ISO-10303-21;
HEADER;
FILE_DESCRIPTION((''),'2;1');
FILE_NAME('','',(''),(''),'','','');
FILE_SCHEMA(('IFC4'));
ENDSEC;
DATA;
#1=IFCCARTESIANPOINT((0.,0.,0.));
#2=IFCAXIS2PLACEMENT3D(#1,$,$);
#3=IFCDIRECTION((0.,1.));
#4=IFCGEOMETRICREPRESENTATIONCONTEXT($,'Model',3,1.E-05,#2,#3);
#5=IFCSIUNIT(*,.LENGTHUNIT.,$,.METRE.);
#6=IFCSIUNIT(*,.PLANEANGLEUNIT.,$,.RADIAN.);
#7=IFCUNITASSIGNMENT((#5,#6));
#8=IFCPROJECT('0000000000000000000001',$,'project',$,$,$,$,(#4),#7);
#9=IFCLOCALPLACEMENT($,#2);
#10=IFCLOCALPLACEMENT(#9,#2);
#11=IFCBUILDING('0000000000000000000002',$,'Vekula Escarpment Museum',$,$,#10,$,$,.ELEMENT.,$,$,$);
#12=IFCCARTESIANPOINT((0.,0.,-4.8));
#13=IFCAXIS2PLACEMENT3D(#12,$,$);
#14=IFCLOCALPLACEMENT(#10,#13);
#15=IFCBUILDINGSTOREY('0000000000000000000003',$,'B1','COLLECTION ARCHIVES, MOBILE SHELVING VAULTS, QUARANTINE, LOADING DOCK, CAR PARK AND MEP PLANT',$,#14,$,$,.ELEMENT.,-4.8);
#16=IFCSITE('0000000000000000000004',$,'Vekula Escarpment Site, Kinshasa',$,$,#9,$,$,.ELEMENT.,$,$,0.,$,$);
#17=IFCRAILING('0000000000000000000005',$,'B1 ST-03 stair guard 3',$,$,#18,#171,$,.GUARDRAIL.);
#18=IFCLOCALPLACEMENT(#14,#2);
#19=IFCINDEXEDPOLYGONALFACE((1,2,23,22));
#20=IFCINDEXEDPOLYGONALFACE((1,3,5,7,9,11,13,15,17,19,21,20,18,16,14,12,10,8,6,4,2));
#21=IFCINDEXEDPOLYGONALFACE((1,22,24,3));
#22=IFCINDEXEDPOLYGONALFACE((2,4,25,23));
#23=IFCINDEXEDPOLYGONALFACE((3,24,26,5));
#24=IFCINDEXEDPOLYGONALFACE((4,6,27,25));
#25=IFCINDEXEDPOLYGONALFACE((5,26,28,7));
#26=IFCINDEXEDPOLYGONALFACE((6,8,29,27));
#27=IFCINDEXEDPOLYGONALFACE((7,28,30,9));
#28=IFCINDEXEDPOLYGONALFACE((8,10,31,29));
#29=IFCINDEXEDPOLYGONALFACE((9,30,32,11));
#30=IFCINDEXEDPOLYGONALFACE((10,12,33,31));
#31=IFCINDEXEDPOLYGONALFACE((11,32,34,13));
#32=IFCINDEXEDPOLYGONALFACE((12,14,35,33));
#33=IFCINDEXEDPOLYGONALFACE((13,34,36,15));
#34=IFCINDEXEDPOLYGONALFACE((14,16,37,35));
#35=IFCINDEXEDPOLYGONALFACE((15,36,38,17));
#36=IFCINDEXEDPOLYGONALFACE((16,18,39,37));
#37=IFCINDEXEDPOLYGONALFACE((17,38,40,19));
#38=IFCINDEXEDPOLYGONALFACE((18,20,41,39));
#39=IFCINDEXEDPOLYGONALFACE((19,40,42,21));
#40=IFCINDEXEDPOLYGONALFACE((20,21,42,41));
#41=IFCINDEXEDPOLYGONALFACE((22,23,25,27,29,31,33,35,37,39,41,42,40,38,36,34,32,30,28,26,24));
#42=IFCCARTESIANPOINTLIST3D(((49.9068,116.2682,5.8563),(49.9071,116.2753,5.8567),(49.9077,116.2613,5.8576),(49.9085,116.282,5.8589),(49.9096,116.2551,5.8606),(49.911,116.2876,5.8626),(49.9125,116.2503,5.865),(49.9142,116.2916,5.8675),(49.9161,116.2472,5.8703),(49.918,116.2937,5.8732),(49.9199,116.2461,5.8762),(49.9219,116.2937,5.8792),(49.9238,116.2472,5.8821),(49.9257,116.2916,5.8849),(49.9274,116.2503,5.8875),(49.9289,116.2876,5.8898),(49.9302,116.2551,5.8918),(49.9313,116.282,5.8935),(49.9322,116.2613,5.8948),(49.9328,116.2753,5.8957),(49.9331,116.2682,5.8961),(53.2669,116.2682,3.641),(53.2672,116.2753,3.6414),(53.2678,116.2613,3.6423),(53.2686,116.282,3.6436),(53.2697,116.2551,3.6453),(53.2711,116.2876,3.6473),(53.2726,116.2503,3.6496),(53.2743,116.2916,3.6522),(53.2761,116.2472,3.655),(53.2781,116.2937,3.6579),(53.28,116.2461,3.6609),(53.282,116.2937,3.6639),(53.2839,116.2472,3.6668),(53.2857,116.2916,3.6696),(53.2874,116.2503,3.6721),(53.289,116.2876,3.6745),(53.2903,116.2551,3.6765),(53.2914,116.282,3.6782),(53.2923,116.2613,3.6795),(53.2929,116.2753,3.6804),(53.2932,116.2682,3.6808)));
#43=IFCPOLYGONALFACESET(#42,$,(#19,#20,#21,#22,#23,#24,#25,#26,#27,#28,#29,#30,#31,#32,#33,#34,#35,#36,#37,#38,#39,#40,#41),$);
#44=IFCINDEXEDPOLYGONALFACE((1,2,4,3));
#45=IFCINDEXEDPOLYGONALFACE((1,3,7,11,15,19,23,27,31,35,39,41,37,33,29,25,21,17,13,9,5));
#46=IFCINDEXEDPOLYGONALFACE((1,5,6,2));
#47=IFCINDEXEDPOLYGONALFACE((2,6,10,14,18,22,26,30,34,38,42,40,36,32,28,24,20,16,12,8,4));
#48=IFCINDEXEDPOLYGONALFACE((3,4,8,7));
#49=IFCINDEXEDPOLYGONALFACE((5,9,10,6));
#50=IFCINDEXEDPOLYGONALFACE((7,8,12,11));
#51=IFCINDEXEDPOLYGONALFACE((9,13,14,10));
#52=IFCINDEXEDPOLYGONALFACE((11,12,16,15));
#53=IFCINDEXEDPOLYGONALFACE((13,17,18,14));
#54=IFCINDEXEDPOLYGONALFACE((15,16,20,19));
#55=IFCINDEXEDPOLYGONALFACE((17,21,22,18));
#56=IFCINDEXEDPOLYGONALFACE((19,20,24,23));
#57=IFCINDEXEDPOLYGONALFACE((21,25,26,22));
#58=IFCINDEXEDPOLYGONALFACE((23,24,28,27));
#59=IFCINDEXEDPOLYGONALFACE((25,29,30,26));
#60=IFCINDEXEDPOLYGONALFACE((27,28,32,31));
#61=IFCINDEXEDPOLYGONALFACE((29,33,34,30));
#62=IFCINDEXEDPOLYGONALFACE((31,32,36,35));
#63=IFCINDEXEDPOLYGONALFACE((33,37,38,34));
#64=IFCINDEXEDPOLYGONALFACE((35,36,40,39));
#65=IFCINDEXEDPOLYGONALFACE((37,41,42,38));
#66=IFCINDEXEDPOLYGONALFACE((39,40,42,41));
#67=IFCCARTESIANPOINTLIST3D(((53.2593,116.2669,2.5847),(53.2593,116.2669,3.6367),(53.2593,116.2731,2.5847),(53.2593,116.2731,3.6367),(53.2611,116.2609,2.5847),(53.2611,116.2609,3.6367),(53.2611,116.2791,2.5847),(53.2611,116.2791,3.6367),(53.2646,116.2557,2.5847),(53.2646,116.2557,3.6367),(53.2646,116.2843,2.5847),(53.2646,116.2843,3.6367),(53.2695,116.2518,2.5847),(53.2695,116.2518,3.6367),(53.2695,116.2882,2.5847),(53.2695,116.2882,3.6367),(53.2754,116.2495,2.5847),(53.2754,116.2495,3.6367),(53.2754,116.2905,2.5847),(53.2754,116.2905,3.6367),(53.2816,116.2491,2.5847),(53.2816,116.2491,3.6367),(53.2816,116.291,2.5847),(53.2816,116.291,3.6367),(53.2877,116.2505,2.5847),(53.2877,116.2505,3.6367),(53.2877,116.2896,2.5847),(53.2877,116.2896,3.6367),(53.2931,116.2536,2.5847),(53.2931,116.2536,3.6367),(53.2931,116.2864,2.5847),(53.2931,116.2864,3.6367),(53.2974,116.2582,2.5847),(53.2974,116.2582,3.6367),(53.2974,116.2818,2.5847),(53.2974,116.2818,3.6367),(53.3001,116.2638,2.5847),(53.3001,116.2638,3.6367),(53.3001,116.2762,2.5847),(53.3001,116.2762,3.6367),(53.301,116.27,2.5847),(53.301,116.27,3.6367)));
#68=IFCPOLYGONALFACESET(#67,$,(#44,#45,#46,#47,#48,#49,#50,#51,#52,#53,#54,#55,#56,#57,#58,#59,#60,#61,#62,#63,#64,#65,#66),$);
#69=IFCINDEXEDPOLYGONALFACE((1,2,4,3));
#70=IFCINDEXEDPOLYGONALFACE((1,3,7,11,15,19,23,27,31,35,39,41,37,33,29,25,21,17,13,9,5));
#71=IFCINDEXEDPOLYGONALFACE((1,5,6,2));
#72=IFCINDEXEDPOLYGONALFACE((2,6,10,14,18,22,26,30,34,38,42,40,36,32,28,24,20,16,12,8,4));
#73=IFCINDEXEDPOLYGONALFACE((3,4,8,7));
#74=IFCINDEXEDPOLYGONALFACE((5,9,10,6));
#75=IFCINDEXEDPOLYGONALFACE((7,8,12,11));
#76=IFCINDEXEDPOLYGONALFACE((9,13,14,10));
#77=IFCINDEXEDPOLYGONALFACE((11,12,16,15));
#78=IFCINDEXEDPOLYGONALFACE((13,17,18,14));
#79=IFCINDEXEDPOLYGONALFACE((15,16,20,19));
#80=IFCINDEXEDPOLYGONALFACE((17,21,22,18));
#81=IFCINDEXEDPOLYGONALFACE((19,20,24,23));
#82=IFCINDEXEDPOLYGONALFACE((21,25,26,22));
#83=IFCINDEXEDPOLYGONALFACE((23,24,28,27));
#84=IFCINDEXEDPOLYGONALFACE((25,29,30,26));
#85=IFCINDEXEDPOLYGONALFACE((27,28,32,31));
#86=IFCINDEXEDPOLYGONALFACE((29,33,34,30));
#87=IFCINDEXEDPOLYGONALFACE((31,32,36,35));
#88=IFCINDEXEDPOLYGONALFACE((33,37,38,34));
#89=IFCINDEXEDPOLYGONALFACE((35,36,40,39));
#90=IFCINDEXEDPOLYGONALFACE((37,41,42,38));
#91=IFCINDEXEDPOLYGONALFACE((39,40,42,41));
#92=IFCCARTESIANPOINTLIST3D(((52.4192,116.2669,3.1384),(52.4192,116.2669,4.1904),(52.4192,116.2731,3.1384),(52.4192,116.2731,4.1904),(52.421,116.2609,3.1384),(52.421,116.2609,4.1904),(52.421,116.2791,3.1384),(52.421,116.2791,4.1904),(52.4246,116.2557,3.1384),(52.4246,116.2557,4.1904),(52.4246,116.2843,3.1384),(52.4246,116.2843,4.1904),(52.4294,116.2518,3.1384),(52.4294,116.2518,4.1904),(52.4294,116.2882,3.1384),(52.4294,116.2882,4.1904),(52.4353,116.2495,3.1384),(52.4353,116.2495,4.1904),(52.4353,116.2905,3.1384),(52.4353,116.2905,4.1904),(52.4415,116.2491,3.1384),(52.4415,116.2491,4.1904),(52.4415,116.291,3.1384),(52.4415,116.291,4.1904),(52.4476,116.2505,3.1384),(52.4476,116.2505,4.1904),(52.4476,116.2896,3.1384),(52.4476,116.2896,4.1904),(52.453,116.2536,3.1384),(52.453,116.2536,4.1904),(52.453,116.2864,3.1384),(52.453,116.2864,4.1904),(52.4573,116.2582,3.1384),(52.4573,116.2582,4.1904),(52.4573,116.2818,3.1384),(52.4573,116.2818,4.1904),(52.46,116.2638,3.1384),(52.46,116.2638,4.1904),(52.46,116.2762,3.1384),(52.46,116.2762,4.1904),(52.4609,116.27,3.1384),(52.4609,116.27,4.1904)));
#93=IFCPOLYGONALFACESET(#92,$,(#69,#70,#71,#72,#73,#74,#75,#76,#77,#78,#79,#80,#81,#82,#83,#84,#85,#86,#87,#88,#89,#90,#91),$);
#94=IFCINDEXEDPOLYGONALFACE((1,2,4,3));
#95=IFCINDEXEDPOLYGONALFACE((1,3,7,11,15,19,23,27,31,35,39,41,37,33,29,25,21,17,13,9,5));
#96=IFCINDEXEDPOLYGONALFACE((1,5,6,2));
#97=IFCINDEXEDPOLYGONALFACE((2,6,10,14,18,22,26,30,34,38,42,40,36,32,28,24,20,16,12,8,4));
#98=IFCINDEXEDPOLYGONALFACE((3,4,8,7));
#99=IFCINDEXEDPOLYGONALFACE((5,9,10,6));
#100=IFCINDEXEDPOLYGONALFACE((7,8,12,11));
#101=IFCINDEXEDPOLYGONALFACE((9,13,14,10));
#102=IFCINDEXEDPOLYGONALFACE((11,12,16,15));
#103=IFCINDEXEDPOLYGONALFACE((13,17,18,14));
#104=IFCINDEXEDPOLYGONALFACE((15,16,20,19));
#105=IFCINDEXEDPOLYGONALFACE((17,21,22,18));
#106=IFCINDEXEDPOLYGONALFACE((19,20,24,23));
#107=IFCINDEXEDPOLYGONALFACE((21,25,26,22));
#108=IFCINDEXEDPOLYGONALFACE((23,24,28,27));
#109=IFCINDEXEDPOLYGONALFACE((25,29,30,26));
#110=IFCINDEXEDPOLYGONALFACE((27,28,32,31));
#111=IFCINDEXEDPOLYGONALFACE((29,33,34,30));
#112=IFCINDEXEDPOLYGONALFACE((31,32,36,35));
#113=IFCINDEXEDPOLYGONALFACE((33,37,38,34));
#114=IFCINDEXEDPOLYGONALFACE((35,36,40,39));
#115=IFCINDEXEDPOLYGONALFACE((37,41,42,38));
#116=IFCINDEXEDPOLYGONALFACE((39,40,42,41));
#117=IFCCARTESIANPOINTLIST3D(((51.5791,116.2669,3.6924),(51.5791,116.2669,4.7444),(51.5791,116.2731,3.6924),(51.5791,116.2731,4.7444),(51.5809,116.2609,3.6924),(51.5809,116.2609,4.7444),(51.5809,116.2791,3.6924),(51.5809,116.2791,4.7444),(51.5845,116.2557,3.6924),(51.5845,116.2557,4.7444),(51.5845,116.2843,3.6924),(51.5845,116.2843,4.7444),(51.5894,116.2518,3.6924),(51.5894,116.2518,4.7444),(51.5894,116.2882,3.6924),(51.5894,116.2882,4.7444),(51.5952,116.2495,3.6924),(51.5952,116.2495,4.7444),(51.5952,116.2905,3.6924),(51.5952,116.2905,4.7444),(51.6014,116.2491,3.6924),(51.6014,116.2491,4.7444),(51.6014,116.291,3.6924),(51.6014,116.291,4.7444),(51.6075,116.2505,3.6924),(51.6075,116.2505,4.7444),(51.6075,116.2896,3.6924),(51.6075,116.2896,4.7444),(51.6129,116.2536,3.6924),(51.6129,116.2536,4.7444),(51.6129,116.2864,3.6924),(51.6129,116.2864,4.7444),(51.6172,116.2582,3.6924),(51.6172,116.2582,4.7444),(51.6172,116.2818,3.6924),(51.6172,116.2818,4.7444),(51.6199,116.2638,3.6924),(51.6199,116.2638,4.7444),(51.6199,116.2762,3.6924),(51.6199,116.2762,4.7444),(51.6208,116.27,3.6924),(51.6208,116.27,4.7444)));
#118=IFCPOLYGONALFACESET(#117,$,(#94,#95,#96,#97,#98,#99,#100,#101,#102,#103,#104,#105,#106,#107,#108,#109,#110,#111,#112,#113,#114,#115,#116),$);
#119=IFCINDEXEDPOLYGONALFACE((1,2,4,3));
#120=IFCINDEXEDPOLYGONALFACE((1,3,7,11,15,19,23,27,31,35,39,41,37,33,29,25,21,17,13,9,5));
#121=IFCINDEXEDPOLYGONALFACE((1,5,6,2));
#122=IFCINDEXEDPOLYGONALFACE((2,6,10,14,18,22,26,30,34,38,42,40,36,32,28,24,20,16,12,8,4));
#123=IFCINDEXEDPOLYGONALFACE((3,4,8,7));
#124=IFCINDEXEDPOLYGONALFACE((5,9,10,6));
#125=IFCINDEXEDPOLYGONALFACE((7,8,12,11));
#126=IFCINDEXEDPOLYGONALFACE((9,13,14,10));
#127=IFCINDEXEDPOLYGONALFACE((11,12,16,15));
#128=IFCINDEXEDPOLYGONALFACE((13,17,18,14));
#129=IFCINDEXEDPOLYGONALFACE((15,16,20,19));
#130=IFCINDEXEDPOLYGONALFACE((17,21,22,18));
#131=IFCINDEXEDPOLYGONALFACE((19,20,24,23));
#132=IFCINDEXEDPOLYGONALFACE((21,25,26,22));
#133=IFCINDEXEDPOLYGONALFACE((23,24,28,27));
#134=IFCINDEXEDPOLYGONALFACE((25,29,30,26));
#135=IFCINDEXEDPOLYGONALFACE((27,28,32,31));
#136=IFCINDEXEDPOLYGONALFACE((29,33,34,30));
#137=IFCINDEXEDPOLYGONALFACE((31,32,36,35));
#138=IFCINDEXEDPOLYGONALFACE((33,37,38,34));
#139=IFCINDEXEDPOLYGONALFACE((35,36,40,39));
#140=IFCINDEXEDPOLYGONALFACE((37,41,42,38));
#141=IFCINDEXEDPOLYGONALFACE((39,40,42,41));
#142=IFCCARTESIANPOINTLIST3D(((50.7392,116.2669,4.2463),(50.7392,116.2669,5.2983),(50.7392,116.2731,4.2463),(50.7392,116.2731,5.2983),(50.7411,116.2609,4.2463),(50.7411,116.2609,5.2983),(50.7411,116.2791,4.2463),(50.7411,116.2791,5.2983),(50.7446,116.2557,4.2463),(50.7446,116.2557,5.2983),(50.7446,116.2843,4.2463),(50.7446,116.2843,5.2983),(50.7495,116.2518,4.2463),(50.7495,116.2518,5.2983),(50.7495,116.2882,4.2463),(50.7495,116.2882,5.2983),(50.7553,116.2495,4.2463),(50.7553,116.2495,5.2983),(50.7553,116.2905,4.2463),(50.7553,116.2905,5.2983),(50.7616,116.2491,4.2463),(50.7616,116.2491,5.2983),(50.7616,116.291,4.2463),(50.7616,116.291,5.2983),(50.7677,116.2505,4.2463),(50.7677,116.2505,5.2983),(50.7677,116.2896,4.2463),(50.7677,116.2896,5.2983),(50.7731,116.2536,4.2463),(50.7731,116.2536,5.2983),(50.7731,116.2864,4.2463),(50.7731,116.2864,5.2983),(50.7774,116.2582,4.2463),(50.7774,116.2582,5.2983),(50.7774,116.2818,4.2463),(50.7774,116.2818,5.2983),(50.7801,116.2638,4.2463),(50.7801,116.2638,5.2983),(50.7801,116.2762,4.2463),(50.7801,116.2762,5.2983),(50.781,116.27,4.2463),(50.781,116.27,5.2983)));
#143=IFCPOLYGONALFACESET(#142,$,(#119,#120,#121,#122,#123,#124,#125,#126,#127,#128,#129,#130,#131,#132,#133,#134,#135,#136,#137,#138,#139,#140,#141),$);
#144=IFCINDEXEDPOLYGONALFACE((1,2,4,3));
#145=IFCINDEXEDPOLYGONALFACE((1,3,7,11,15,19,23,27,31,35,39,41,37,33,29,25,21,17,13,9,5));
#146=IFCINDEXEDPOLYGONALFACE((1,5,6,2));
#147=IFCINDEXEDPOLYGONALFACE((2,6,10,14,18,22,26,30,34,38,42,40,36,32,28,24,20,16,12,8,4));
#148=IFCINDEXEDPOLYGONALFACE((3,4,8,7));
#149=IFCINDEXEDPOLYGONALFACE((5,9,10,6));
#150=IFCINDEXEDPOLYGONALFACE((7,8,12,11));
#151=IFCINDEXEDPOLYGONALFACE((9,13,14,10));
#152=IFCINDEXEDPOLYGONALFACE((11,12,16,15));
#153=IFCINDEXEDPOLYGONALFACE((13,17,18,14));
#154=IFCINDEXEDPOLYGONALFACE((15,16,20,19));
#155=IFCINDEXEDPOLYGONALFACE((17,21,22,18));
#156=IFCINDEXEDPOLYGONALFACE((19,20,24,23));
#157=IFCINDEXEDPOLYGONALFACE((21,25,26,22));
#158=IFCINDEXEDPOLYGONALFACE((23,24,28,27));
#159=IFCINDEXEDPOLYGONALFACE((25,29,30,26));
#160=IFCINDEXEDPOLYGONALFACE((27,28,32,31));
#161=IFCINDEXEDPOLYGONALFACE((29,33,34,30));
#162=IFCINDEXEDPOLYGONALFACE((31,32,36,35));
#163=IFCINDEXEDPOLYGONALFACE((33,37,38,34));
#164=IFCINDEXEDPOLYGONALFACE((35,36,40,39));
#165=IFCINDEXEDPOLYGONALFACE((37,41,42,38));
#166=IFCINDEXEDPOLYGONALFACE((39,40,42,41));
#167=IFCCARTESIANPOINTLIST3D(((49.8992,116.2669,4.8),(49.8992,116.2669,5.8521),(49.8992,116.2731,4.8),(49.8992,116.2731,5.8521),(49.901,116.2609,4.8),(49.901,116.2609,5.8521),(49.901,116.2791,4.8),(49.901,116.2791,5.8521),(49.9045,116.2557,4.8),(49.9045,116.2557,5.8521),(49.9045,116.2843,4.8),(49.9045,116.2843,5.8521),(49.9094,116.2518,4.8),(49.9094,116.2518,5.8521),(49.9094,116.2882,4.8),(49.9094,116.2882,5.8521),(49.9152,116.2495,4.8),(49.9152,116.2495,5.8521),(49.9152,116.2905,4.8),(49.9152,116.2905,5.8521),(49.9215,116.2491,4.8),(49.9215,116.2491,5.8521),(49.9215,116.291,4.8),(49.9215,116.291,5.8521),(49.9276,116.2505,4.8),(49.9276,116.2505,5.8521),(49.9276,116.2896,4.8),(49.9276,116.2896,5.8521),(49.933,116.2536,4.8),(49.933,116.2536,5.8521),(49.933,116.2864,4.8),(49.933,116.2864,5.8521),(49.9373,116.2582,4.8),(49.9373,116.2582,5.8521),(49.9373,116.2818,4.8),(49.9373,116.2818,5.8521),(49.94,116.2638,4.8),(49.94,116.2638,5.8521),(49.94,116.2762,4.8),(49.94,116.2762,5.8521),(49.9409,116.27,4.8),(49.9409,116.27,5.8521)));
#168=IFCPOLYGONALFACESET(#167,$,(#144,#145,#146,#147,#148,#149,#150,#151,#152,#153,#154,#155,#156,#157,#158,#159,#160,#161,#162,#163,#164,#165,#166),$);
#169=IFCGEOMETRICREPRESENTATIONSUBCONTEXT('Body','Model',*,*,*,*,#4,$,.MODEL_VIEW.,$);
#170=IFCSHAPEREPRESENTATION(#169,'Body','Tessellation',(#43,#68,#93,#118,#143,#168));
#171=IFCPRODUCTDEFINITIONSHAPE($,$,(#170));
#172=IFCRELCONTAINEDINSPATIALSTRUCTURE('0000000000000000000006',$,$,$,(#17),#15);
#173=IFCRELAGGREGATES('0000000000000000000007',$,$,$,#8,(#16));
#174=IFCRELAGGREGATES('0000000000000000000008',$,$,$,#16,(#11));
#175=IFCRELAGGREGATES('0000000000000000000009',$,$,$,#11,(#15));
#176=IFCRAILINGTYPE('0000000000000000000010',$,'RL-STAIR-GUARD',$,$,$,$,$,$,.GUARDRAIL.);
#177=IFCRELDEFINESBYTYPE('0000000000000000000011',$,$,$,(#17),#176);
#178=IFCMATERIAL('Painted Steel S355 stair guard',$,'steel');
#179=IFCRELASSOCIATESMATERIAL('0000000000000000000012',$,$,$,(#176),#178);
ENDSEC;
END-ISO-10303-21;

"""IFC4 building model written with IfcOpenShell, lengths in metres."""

from ifc_helpers import new_model, si_unit, direction, frame, origin, origin_2d, place, context, subcontext, project, spatial, circle, extrude, material, type_object, element, save


model = new_model("IFC4")

# Units and contexts
model_context = context("Model", 3, precision=1e-05, world=origin(), true_north=direction((0.0, 1.0)))
body_context = subcontext(model_context, "Body", "Model", "MODEL_VIEW")
ifc_project = project(units=[si_unit("LENGTHUNIT", "METRE"), si_unit("PLANEANGLEUNIT", "RADIAN")], contexts=[model_context])

# Site, building, storey
site_placement = place(None, origin())
site = spatial("IfcSite", under=ifc_project, at=site_placement, Name="Vekula Escarpment Site, Kinshasa", CompositionType="ELEMENT", RefElevation=0.0)
building_placement = place(site_placement, origin())
building = spatial("IfcBuilding", under=site, at=building_placement, Name="Vekula Escarpment Museum", CompositionType="ELEMENT")
storey_placement = place(building_placement, frame((0.0, 0.0, -4.8)))
storey = spatial("IfcBuildingStorey", under=building, at=storey_placement, Name="B1", Description="COLLECTION ARCHIVES, MOBILE SHELVING VAULTS, QUARANTINE, LOADING DOCK, CAR PARK AND MEP PLANT", CompositionType="ELEMENT", Elevation=-4.8)

# Railing
ifc_material_1 = material(Name="Painted Steel S355 stair guard", Category="steel")
railing_type_1 = type_object("IfcRailingType", Name="RL-STAIR-GUARD", PredefinedType="GUARDRAIL", material=ifc_material_1)
railing_1_placement = place(storey_placement, frame((53.28, 116.27, 2.5847)))
element("IfcRailing", 1, at=railing_1_placement, inside=storey, type_object=railing_type_1, Name="B1 ST-03 stair guard 3", PredefinedType="GUARDRAIL", context=body_context, shape_type="SweptSolid", body=[
    extrude(circle(Radius=0.0239, at=origin_2d()), frame((0.0, 0.0, 1.0762), z_axis=(-0.834876, 0.0, 0.550437), x_axis=(0.0, -1.0, 0.0)), (0.0, 0.0, 1.0), 4.0247),
    extrude(circle(Radius=0.021, at=origin_2d()), origin(), (0.0, 0.0, 1.0), 1.052),
    extrude(circle(Radius=0.021, at=origin_2d()), frame((-0.8401, 0.0, 0.5537)), (0.0, 0.0, 1.0), 1.052),
    extrude(circle(Radius=0.021, at=origin_2d()), frame((-1.6802, 0.0, 1.1077)), (0.0, 0.0, 1.0), 1.052),
    extrude(circle(Radius=0.021, at=origin_2d()), frame((-2.52, 0.0, 1.6616)), (0.0, 0.0, 1.0), 1.052),
    extrude(circle(Radius=0.021, at=origin_2d()), frame((-3.3601, 0.0, 2.2153)), (0.0, 0.0, 1.0), 1.052),
])

save(model, "model.ifc")
